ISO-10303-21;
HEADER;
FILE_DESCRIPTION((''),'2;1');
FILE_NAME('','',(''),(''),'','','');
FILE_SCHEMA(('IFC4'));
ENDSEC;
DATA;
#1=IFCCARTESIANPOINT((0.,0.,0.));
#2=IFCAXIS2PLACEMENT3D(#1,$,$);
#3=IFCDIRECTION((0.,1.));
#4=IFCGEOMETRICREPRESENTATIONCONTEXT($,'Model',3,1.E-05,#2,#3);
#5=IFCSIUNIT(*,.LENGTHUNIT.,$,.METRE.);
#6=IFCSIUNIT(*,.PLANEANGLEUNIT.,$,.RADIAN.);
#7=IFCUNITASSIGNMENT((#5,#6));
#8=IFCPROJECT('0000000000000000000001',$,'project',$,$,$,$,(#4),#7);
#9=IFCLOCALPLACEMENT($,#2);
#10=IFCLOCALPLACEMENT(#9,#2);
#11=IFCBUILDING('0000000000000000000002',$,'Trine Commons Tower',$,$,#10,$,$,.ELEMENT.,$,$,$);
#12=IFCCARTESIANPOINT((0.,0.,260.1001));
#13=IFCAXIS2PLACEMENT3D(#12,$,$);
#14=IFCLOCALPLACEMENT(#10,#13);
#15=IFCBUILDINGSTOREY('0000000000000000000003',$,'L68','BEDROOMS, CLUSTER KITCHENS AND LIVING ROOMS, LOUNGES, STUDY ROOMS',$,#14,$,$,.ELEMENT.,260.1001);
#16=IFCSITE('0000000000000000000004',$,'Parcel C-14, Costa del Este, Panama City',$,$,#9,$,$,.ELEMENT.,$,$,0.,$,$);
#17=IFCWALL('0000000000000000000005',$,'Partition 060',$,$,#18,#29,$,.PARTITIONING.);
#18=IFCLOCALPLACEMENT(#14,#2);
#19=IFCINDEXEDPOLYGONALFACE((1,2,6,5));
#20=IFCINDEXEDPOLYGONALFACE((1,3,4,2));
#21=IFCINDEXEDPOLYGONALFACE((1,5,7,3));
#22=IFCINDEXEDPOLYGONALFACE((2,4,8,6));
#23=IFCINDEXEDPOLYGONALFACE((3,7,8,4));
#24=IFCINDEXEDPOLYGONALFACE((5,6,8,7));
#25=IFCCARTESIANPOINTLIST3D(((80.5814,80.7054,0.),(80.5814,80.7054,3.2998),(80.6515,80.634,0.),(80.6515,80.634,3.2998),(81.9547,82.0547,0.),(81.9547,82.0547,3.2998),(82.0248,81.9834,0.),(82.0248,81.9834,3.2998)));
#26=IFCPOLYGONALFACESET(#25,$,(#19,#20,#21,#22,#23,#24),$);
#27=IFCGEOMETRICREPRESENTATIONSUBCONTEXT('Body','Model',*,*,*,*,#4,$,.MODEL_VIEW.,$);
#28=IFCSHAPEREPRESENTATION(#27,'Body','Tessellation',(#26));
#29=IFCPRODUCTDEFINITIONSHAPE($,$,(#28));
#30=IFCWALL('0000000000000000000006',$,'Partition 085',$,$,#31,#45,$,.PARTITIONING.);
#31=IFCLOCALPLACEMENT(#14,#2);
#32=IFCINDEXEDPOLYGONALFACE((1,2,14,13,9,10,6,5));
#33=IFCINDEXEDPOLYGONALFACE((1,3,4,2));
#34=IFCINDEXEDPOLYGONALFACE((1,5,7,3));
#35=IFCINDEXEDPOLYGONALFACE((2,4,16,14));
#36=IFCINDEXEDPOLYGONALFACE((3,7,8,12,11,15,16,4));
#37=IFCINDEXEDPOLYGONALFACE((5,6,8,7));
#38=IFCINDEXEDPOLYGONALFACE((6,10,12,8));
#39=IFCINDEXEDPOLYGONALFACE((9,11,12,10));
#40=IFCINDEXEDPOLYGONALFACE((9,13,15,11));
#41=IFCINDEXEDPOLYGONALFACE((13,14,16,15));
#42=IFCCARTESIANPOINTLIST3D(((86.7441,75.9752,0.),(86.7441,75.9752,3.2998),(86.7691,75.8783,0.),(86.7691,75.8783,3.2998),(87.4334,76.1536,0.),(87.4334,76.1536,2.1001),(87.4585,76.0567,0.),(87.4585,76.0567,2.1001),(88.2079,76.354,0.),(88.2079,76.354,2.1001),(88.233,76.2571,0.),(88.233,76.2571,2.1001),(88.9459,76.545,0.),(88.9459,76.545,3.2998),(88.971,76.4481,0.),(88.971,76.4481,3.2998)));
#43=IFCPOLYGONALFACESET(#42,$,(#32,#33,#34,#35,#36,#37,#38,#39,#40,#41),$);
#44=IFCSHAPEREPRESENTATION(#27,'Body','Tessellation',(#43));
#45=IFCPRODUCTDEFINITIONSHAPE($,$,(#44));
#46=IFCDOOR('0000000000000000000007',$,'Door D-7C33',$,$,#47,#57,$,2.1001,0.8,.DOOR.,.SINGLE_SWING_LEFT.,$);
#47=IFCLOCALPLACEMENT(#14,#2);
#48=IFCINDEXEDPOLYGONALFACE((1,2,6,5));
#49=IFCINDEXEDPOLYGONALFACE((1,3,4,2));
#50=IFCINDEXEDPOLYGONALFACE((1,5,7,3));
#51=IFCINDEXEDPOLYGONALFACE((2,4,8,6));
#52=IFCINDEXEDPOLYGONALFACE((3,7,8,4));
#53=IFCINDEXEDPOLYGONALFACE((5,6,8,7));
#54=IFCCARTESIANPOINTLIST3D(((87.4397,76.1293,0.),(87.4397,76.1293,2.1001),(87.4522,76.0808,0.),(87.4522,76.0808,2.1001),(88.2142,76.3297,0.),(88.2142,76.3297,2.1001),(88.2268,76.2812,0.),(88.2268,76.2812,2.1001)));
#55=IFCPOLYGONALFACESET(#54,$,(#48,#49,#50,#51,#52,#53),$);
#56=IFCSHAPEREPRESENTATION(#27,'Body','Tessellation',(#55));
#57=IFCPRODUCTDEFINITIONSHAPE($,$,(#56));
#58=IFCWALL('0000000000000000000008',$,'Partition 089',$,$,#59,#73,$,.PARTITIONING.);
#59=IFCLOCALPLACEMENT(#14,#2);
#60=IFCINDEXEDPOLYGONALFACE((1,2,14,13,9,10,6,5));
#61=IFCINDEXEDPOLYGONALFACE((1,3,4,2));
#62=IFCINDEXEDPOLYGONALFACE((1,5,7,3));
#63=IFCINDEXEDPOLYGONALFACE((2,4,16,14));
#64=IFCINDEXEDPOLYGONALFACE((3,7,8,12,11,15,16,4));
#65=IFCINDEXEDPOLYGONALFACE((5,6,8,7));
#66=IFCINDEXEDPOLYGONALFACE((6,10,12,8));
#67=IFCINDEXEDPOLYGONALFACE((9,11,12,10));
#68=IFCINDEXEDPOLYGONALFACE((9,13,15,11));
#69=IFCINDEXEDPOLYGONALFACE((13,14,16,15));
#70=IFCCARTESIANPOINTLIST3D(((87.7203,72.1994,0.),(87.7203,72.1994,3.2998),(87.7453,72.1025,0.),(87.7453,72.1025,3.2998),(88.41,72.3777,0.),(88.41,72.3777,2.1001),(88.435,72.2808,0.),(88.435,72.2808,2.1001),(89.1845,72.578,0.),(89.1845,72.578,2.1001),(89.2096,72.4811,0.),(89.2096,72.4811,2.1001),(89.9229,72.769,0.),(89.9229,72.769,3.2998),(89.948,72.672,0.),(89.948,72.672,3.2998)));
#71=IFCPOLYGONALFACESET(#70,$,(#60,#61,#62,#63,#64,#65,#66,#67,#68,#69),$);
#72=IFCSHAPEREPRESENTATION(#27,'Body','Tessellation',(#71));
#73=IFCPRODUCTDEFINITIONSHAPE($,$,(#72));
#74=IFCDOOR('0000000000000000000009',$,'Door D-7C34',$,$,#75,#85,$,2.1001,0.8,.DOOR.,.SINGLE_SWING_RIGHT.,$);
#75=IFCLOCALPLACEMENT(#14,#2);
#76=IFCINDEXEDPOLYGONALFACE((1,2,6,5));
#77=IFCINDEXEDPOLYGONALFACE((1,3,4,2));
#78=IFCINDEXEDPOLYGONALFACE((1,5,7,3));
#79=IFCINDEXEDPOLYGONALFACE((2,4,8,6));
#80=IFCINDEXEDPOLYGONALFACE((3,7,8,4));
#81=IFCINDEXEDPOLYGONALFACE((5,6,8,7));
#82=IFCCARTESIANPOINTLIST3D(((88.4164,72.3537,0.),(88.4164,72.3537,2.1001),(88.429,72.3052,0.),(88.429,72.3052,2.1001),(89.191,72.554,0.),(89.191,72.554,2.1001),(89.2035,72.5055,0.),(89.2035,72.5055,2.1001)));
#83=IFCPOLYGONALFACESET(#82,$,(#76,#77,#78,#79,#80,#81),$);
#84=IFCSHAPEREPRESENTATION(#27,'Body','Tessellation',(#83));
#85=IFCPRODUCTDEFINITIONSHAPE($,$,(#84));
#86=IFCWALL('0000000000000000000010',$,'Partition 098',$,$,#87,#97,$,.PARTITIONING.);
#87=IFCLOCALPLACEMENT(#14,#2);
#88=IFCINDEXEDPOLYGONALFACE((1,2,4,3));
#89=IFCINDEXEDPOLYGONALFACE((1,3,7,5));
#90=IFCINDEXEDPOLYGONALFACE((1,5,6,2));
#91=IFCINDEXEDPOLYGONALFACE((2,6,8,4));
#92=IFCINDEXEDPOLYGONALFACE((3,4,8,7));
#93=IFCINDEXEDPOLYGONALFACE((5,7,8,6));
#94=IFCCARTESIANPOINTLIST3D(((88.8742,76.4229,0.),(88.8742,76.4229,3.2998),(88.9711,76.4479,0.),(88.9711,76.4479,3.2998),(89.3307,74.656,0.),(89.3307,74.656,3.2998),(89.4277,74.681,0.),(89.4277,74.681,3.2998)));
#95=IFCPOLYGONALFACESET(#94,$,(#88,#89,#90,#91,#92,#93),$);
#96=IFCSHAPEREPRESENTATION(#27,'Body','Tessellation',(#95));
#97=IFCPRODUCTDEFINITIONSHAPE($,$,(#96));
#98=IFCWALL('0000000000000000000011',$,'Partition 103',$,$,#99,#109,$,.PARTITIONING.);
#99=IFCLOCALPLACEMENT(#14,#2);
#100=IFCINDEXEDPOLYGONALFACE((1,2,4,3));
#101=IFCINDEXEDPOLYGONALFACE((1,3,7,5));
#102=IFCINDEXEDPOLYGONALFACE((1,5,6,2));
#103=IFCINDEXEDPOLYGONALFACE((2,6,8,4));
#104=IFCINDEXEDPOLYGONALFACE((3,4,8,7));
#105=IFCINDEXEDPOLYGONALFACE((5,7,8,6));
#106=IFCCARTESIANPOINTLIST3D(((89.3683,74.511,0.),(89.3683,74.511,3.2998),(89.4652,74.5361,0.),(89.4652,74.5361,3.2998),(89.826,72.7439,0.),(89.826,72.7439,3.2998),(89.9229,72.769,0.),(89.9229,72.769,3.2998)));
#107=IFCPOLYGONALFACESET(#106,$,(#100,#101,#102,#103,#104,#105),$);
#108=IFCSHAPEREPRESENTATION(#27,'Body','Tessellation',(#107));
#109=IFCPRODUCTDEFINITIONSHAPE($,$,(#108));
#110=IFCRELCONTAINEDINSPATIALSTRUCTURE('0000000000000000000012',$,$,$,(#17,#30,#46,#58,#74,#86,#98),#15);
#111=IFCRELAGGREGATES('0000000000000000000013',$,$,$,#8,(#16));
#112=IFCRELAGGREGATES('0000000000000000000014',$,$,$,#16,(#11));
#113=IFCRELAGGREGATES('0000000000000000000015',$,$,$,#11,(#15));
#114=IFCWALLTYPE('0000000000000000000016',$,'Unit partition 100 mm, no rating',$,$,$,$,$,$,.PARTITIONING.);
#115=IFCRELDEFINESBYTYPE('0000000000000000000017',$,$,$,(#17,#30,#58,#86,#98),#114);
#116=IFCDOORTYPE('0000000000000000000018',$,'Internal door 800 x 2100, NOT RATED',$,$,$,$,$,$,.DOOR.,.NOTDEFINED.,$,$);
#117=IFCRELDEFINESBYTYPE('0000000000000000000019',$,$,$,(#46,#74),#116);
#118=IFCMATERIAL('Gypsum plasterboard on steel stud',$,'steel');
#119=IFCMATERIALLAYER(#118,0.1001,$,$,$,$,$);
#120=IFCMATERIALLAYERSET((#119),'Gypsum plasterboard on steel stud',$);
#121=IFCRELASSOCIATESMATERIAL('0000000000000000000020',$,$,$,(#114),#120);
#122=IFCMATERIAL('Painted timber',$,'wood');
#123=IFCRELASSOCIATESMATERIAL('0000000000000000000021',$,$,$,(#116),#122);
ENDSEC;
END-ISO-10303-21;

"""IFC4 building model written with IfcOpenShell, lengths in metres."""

from ifc_helpers import new_model, si_unit, direction, frame, frame_2d, origin, place, context, subcontext, project, spatial, rectangle, extrude, material, layer, layer_set, type_object, element, fill, save


model = new_model("IFC4")

# Units and contexts
model_context = context("Model", 3, precision=1e-05, world=origin(), true_north=direction((0.0, 1.0)))
body_context = subcontext(model_context, "Body", "Model", "MODEL_VIEW")
ifc_project = project(units=[si_unit("LENGTHUNIT", "METRE"), si_unit("PLANEANGLEUNIT", "RADIAN")], contexts=[model_context])

# Site, building, storey
site_placement = place(None, origin())
site = spatial("IfcSite", under=ifc_project, at=site_placement, Name="Parcel C-14, Costa del Este, Panama City", CompositionType="ELEMENT", RefElevation=0.0)
building_placement = place(site_placement, origin())
building = spatial("IfcBuilding", under=site, at=building_placement, Name="Trine Commons Tower", CompositionType="ELEMENT")
storey_placement = place(building_placement, frame((0.0, 0.0, 260.1001)))
storey = spatial("IfcBuildingStorey", under=building, at=storey_placement, Name="L68", Description="BEDROOMS, CLUSTER KITCHENS AND LIVING ROOMS, LOUNGES, STUDY ROOMS", CompositionType="ELEMENT", Elevation=260.1001)

# Shared definitions
ifc_material_1 = material(Name="Gypsum plasterboard on steel stud", Category="steel")

# Wall
ifc_layer_1 = layer(ifc_material_1, 0.1001)
ifc_layer_set_1 = layer_set([ifc_layer_1], Name="Gypsum plasterboard on steel stud")
wall_type_1 = type_object("IfcWallType", Name="Unit partition 100 mm, no rating", PredefinedType="PARTITIONING", material=ifc_layer_set_1)
wall_1_placement = place(storey_placement, frame((80.6165, 80.6697, 0.0), z_axis=(0.0, 0.0, 1.0), x_axis=(0.713293, 0.700866, 0.0)))
element("IfcWall", 1, at=wall_1_placement, inside=storey, type_object=wall_type_1, Name="Partition 060", PredefinedType="PARTITIONING", context=body_context, shape_type="SweptSolid", body=[
    extrude(rectangle(XDim=1.9253, YDim=0.1001, at=frame_2d((0.9626, 0.0))), origin(), (0.0, 0.0, 1.0), 3.2998),
])

# Walls, openings, doors
wall_2_placement = place(storey_placement, frame((86.7566, 75.9268, 0.0), z_axis=(0.0, 0.0, 1.0), x_axis=(0.968108, 0.250534, 0.0)))
wall_2 = element("IfcWall", 2, at=wall_2_placement, inside=storey, type_object=wall_type_1, Name="Partition 085", PredefinedType="PARTITIONING", context=body_context, shape_type="SweptSolid", body=[
    extrude(rectangle(XDim=2.2744, YDim=0.1001, at=frame_2d((1.1372, 0.0))), origin(), (0.0, 0.0, 1.0), 3.2998),
])
opening_1_placement = place(wall_2_placement, frame((0.7122, 0.0, 0.0)))
opening_1 = element("IfcOpeningElement", 3, at=opening_1_placement, cuts=wall_2, PredefinedType="OPENING", context=body_context, shape_type="SweptSolid", body=[
    extrude(rectangle(XDim=0.8, YDim=2.1001, at=frame_2d((0.3999, 1.05))), frame((0.0, 0.0601, 0.0), z_axis=(0.0, -1.0, 0.0), x_axis=(1.0, 0.0, 0.0)), (0.0, 0.0, 1.0), 0.1201),
])
ifc_material_2 = material(Name="Painted timber", Category="wood")
door_type_1 = type_object("IfcDoorType", Name="Internal door 800 x 2100, NOT RATED", OperationType="NOTDEFINED", PredefinedType="DOOR", material=ifc_material_2)
door_1_placement = place(opening_1_placement, origin())
door_1 = element("IfcDoor", 4, at=door_1_placement, inside=storey, type_object=door_type_1, Name="Door D-7C33", OperationType="SINGLE_SWING_LEFT", OverallHeight=2.1001, OverallWidth=0.8, PredefinedType="DOOR", context=body_context, shape_type="SweptSolid", body=[
    extrude(rectangle(XDim=0.8, YDim=2.1001, at=frame_2d((0.3999, 1.05))), frame((0.0, 0.0249, 0.0), z_axis=(0.0, -1.0, 0.0), x_axis=(1.0, 0.0, 0.0)), (0.0, 0.0, 1.0), 0.05),
])
fill(opening_1, door_1)
wall_3_placement = place(storey_placement, frame((87.7327, 72.1509, 0.0), z_axis=(0.0, 0.0, 1.0), x_axis=(0.968154, 0.250355, 0.0)))
wall_3 = element("IfcWall", 5, at=wall_3_placement, inside=storey, type_object=wall_type_1, Name="Partition 089", PredefinedType="PARTITIONING", context=body_context, shape_type="SweptSolid", body=[
    extrude(rectangle(XDim=2.2751, YDim=0.1001, at=frame_2d((1.1377, 0.0))), origin(), (0.0, 0.0, 1.0), 3.2998),
])
opening_2_placement = place(wall_3_placement, frame((0.7126, 0.0, 0.0)))
opening_2 = element("IfcOpeningElement", 6, at=opening_2_placement, cuts=wall_3, PredefinedType="OPENING", context=body_context, shape_type="SweptSolid", body=[
    extrude(rectangle(XDim=0.8, YDim=2.1001, at=frame_2d((0.3999, 1.05))), frame((0.0, 0.0601, 0.0), z_axis=(0.0, -1.0, 0.0), x_axis=(1.0, 0.0, 0.0)), (0.0, 0.0, 1.0), 0.1201),
])
door_2_placement = place(opening_2_placement, frame((0.8, 0.0, 0.0), z_axis=(0.0, 0.0, 1.0), x_axis=(-1.0, 0.0, 0.0)))
door_2 = element("IfcDoor", 7, at=door_2_placement, inside=storey, type_object=door_type_1, Name="Door D-7C34", OperationType="SINGLE_SWING_RIGHT", OverallHeight=2.1001, OverallWidth=0.8, PredefinedType="DOOR", context=body_context, shape_type="SweptSolid", body=[
    extrude(rectangle(XDim=0.8, YDim=2.1001, at=frame_2d((0.3999, 1.05))), frame((0.0, 0.0249, 0.0), z_axis=(0.0, -1.0, 0.0), x_axis=(1.0, 0.0, 0.0)), (0.0, 0.0, 1.0), 0.05),
])
fill(opening_2, door_2)

# Walls
wall_4_placement = place(storey_placement, frame((88.9226, 76.4355, 0.0), z_axis=(0.0, 0.0, 1.0), x_axis=(0.250177, -0.9682, 0.0)))
element("IfcWall", 8, at=wall_4_placement, inside=storey, type_object=wall_type_1, Name="Partition 098", PredefinedType="PARTITIONING", context=body_context, shape_type="SweptSolid", body=[
    extrude(rectangle(XDim=1.825, YDim=0.1001, at=frame_2d((0.9126, 0.0))), origin(), (0.0, 0.0, 1.0), 3.2998),
])
wall_5_placement = place(storey_placement, frame((89.4167, 74.5234, 0.0), z_axis=(0.0, 0.0, 1.0), x_axis=(0.250772, -0.968046, 0.0)))
element("IfcWall", 9, at=wall_5_placement, inside=storey, type_object=wall_type_1, Name="Partition 103", PredefinedType="PARTITIONING", context=body_context, shape_type="SweptSolid", body=[
    extrude(rectangle(XDim=1.8254, YDim=0.1001, at=frame_2d((0.9126, 0.0))), origin(), (0.0, 0.0, 1.0), 3.2998),
])

save(model, "model.ifc")
